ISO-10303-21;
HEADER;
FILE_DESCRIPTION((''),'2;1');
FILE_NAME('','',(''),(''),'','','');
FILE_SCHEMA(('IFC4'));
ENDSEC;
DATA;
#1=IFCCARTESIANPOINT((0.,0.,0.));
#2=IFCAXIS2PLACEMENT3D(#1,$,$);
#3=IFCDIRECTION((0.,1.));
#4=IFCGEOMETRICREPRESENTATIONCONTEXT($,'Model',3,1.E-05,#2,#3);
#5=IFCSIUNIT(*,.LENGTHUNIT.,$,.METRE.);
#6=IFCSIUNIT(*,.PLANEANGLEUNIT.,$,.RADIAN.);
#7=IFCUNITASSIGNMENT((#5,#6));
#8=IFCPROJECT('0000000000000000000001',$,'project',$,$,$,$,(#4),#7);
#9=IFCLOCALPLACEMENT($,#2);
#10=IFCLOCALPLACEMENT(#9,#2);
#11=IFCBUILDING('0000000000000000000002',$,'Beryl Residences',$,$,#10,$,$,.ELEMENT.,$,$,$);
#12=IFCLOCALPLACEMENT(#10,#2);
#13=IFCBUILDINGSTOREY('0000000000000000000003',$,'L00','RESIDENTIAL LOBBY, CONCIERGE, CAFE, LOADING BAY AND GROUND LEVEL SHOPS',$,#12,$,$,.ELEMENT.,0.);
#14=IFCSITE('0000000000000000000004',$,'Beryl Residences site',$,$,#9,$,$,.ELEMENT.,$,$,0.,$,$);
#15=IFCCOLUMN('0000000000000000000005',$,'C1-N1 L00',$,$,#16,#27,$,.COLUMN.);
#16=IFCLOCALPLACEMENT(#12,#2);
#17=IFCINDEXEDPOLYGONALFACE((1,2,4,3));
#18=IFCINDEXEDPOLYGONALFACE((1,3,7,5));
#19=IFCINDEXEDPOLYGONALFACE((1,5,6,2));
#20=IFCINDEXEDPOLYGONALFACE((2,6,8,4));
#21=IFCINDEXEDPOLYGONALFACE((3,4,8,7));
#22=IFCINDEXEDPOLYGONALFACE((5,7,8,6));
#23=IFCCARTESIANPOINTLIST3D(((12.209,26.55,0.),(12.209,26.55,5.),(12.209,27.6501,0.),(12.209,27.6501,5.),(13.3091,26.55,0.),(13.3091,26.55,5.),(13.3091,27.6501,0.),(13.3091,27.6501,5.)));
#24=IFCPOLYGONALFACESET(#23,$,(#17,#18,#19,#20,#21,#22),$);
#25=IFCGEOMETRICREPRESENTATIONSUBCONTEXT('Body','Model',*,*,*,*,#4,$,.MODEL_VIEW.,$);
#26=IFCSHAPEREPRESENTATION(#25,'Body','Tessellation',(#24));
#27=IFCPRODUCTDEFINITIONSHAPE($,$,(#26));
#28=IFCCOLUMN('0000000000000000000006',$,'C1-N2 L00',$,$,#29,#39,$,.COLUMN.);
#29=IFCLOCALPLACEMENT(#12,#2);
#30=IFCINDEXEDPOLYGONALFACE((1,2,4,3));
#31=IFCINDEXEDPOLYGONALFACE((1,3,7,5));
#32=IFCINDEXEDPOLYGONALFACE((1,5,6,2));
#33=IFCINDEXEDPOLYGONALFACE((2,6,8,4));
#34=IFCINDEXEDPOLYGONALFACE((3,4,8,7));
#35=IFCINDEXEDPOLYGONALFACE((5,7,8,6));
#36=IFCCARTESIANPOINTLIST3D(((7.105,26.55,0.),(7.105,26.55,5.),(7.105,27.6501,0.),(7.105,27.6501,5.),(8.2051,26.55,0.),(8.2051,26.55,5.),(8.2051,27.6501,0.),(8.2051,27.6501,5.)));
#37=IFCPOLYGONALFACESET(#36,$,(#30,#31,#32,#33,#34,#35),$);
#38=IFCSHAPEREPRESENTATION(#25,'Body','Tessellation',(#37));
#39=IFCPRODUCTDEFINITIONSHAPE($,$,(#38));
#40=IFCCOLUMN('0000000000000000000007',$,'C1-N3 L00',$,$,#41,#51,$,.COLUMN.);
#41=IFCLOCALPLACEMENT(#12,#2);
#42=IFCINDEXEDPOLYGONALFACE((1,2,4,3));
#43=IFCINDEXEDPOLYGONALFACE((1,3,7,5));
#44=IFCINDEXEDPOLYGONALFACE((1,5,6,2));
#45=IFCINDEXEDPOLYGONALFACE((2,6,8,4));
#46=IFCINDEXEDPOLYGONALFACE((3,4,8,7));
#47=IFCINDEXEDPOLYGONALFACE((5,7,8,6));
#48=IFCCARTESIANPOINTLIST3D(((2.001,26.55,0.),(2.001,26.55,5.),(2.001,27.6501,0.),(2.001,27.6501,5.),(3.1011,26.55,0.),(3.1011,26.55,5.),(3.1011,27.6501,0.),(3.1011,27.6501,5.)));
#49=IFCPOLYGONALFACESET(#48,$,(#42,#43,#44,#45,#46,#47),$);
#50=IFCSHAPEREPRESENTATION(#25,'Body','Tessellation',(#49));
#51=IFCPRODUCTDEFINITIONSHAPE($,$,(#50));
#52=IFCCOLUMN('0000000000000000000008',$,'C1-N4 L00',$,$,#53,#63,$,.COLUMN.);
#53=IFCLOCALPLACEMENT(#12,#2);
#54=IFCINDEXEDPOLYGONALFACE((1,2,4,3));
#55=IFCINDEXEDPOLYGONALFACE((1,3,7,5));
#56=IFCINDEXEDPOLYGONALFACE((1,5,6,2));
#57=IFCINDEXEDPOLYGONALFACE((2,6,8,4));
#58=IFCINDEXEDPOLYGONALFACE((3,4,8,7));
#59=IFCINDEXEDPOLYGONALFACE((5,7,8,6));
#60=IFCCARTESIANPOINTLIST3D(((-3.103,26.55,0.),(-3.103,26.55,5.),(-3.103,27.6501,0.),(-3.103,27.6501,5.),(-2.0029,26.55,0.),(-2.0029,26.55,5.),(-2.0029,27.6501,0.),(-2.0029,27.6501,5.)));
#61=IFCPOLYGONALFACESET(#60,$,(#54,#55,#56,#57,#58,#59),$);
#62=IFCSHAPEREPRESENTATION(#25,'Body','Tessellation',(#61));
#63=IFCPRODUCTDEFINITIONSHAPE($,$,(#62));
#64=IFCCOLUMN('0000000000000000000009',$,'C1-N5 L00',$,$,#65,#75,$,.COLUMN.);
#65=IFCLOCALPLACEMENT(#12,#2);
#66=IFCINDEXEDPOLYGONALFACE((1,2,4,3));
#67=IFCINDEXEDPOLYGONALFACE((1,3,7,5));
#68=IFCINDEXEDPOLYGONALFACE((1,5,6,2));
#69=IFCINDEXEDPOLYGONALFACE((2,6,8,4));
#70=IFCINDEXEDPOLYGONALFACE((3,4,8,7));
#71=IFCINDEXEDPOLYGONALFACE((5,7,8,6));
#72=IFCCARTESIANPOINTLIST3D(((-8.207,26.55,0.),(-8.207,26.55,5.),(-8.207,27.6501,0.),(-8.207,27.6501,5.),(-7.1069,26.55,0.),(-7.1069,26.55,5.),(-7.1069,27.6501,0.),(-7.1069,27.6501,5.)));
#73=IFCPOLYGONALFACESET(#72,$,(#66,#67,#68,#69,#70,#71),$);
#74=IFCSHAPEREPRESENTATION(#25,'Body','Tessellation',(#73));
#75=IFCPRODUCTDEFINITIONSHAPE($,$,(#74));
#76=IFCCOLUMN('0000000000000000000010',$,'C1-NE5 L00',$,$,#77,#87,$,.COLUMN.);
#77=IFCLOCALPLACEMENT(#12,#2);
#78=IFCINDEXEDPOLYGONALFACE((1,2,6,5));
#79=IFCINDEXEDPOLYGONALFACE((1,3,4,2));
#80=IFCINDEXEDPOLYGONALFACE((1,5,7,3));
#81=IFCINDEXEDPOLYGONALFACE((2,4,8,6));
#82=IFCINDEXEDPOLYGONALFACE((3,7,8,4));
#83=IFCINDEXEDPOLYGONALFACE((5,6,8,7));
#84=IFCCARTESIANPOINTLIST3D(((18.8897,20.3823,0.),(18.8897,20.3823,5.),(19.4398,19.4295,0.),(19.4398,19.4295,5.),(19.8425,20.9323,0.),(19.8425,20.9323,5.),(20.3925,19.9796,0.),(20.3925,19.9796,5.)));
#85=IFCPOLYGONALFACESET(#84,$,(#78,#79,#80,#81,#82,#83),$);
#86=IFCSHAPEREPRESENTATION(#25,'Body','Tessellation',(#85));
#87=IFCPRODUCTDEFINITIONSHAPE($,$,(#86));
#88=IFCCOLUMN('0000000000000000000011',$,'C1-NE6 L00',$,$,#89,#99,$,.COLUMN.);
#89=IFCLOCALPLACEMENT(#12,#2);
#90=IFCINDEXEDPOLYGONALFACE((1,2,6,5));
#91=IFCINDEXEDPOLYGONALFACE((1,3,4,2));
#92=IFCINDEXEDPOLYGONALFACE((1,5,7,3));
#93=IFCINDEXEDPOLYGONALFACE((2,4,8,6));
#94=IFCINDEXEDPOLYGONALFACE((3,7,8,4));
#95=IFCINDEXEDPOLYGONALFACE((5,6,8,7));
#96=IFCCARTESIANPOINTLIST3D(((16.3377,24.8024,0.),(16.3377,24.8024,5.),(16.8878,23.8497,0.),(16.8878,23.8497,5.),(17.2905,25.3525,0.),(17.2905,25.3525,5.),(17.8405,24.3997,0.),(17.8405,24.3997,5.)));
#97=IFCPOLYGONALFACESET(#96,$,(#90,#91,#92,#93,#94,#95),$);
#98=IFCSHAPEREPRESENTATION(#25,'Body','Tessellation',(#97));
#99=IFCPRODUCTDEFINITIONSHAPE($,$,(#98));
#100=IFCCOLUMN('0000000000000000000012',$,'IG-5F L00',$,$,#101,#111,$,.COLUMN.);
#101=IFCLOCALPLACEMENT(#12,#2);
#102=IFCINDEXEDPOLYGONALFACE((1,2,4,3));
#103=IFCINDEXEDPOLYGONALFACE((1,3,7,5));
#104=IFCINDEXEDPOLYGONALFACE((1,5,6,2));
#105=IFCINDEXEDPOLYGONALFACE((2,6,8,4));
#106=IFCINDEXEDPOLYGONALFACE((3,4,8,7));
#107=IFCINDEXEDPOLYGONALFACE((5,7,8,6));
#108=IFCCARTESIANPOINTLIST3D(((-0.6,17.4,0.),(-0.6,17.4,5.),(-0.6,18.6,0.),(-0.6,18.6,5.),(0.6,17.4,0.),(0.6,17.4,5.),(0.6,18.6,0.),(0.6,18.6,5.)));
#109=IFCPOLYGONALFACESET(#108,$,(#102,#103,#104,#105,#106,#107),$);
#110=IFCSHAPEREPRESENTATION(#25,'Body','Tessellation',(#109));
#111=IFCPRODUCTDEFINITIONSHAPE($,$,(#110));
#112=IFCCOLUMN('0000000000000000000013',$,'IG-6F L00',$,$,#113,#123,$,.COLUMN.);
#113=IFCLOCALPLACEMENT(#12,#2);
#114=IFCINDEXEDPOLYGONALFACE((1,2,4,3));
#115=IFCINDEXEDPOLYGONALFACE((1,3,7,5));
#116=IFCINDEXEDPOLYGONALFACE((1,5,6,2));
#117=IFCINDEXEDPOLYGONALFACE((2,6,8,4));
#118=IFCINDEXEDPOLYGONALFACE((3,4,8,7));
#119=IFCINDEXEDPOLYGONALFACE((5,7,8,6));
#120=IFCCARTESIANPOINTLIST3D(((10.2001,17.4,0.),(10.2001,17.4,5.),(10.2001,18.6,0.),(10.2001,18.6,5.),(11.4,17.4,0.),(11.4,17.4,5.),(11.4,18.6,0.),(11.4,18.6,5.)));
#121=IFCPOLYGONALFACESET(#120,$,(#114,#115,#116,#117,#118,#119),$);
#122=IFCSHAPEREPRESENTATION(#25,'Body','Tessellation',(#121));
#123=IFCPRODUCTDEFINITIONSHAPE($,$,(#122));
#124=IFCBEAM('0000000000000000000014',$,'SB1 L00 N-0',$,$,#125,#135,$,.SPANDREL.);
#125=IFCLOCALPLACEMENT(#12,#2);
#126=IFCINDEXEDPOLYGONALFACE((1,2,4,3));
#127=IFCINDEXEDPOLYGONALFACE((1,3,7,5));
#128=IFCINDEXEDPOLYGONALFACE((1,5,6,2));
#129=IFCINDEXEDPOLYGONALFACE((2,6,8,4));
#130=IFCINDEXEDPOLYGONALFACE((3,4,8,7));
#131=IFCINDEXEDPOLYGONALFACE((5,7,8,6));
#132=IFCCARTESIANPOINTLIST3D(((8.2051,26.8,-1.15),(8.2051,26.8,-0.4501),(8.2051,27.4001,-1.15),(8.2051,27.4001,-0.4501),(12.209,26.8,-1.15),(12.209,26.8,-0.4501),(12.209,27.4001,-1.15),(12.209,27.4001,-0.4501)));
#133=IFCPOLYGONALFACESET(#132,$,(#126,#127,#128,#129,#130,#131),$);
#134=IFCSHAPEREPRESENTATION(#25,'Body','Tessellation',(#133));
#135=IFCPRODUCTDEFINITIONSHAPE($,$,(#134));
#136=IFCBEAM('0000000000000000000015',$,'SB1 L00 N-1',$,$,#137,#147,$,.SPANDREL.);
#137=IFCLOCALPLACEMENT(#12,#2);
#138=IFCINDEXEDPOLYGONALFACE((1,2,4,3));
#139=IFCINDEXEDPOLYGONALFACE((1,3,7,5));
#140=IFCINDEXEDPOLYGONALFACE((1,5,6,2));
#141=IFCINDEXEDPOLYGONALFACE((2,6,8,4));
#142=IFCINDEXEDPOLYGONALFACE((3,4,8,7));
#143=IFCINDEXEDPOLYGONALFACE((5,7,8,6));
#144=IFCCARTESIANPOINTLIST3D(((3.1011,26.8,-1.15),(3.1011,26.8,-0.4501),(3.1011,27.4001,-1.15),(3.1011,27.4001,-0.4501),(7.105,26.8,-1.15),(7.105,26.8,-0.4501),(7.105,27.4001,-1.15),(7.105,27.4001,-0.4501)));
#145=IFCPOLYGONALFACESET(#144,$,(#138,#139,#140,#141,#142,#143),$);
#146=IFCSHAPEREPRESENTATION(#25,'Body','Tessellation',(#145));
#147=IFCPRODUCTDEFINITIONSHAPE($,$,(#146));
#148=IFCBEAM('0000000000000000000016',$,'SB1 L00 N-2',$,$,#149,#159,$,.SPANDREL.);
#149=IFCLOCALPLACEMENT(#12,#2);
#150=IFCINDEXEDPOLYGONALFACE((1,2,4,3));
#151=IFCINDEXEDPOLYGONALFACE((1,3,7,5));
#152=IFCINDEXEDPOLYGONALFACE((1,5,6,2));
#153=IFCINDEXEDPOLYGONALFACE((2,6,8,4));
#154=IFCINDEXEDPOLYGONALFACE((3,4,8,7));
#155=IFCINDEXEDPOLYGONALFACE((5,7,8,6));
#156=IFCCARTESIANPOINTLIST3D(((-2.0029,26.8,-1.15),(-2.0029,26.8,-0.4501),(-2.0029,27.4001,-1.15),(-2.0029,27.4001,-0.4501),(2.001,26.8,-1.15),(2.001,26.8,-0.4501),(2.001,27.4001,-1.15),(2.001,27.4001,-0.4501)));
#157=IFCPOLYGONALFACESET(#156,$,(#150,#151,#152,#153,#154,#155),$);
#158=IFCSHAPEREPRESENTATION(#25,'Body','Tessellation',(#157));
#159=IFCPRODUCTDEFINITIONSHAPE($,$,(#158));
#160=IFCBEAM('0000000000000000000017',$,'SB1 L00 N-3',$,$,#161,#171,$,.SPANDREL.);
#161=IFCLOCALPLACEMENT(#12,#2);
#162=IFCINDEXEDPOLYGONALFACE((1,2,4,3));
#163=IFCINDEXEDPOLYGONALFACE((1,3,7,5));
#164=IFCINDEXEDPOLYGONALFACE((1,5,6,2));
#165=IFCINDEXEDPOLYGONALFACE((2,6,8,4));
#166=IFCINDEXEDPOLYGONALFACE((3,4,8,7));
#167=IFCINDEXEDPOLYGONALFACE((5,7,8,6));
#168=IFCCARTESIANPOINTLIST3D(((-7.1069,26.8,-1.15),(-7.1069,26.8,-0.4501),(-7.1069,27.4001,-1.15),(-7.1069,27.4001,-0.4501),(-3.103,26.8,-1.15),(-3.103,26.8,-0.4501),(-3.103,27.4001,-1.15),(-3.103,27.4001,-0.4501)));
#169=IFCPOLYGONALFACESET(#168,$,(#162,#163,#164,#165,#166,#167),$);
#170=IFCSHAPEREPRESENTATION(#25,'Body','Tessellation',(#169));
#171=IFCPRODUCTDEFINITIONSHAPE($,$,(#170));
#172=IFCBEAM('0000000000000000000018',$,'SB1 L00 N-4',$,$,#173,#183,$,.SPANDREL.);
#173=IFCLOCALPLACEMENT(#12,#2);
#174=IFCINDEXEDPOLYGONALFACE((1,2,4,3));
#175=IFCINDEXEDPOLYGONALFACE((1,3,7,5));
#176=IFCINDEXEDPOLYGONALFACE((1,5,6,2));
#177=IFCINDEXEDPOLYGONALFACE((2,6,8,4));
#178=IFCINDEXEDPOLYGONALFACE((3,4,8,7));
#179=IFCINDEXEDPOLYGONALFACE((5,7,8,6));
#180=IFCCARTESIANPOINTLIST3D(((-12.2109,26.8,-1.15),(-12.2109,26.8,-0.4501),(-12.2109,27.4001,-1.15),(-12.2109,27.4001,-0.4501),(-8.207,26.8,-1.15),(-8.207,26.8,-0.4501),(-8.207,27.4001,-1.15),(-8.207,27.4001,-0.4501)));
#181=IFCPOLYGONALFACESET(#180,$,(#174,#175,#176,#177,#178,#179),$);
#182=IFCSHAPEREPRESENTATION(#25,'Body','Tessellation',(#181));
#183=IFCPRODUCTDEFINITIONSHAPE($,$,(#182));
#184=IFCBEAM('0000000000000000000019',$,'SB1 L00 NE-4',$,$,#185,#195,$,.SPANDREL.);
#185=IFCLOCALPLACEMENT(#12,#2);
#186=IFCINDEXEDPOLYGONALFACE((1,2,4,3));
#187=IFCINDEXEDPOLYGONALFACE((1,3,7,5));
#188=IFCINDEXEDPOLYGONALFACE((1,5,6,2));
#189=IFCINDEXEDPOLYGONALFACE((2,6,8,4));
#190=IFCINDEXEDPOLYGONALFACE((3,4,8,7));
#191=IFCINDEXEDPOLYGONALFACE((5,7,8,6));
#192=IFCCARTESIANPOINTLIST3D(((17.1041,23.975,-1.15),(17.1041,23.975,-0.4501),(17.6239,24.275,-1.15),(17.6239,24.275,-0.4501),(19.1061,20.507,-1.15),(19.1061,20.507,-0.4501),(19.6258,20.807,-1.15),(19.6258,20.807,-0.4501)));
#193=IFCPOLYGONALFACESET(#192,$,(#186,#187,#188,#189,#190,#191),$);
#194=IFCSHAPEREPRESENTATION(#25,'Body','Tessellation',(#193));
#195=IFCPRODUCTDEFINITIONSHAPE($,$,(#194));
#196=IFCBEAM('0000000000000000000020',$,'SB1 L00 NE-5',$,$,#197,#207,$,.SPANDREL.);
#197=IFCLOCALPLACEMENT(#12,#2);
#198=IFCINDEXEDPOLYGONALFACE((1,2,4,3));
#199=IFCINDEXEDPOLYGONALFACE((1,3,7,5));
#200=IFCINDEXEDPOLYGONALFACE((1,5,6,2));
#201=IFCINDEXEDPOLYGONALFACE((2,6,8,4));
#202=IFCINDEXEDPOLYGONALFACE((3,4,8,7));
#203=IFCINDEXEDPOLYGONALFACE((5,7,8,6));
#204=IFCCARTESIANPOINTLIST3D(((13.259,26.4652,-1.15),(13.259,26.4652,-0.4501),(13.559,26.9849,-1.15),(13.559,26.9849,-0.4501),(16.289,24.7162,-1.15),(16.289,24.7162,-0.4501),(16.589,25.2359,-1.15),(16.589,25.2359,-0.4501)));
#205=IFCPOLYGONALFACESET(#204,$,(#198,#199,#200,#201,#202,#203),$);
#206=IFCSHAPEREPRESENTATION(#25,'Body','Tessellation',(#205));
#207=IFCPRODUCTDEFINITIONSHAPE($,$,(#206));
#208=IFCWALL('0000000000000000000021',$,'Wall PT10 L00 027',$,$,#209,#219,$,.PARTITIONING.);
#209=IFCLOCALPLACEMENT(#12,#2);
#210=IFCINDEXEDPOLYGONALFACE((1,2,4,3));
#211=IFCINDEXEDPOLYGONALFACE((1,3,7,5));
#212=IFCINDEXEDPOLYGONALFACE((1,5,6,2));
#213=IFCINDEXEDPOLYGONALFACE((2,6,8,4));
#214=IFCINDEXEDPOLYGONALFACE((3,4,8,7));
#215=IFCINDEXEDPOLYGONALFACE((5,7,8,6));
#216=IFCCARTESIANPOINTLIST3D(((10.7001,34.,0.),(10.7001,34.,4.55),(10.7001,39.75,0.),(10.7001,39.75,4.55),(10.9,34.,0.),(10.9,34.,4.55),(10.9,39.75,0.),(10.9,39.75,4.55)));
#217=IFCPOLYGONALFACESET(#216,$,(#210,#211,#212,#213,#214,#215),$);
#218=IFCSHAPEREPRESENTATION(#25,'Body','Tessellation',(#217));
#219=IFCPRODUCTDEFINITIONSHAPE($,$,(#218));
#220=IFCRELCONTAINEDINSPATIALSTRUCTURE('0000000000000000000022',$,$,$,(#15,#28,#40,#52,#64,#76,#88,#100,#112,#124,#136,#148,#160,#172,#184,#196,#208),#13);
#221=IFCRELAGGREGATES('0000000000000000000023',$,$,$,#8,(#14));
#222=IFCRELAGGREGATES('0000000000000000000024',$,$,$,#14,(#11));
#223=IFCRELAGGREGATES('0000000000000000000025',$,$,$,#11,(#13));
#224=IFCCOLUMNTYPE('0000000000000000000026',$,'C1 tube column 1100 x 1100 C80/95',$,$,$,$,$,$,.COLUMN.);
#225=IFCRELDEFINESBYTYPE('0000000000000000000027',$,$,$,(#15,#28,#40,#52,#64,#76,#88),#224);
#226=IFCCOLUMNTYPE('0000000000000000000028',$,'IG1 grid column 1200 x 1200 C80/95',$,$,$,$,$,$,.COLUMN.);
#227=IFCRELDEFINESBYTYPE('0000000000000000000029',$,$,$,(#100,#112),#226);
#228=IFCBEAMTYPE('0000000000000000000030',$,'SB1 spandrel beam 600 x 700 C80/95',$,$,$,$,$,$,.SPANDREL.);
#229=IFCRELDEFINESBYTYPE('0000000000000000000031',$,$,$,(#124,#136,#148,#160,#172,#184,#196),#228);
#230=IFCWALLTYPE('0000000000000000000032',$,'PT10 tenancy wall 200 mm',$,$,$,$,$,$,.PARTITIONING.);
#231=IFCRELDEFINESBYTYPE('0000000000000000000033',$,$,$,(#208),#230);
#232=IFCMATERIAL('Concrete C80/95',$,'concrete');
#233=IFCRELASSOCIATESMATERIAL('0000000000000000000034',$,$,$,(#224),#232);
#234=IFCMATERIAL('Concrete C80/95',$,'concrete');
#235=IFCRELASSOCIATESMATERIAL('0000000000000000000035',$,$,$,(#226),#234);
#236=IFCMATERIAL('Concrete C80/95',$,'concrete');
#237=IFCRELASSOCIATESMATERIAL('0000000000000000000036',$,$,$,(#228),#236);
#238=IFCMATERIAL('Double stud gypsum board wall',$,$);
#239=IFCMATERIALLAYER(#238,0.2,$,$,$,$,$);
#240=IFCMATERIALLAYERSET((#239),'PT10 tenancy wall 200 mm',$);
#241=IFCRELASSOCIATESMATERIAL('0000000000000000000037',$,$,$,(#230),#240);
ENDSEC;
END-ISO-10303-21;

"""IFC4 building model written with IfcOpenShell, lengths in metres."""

from ifc_helpers import new_model, si_unit, direction, frame, frame_2d, origin, origin_2d, place, context, subcontext, project, spatial, rectangle, extrude, material, layer, layer_set, material_profile, profile_set, type_object, element, save


model = new_model("IFC4")

# Units and contexts
model_context = context("Model", 3, precision=1e-05, world=origin(), true_north=direction((0.0, 1.0)))
body_context = subcontext(model_context, "Body", "Model", "MODEL_VIEW")
ifc_project = project(units=[si_unit("LENGTHUNIT", "METRE"), si_unit("PLANEANGLEUNIT", "RADIAN")], contexts=[model_context])

# Site, building, storey
site_placement = place(None, origin())
site = spatial("IfcSite", under=ifc_project, at=site_placement, Name="Beryl Residences site", CompositionType="ELEMENT", RefElevation=0.0)
building_placement = place(site_placement, origin())
building = spatial("IfcBuilding", under=site, at=building_placement, Name="Beryl Residences", CompositionType="ELEMENT")
storey_placement = place(building_placement, origin())
storey = spatial("IfcBuildingStorey", under=building, at=storey_placement, Name="L00", Description="RESIDENTIAL LOBBY, CONCIERGE, CAFE, LOADING BAY AND GROUND LEVEL SHOPS", CompositionType="ELEMENT", Elevation=0.0)

# Columns
ifc_material_1 = material(Name="Concrete C80/95", Category="concrete")
ifc_material_profile_1 = material_profile(ifc_material_1, rectangle(XDim=1.1001, YDim=1.1001, at=origin_2d()))
ifc_profile_set_1 = profile_set([ifc_material_profile_1], Name="Concrete C80/95")
column_type_1 = type_object("IfcColumnType", Name="C1 tube column 1100 x 1100 C80/95", PredefinedType="COLUMN", material=ifc_profile_set_1)
for number, where, z_axis, x_axis, name in (
    (1, (12.759, 27.1001, 0.0), (0.0, 0.0, 1.0), (-1.0, 0.0, 0.0), "C1-N1 L00"),
    (2, (7.655, 27.1001, 0.0), (0.0, 0.0, 1.0), (-1.0, 0.0, 0.0), "C1-N2 L00"),
    (3, (2.551, 27.1001, 0.0), (0.0, 0.0, 1.0), (-1.0, 0.0, 0.0), "C1-N3 L00"),
    (4, (-2.553, 27.1001, 0.0), (0.0, 0.0, 1.0), (-1.0, 0.0, 0.0), "C1-N4 L00"),
    (5, (-7.657, 27.1001, 0.0), (0.0, 0.0, 1.0), (-1.0, 0.0, 0.0), "C1-N5 L00"),
    (6, (19.6411, 20.1809, 0.0), (0.0, 0.0, 1.0), (-0.499985, 0.866034, 0.0), "C1-NE5 L00"),
    (7, (17.0891, 24.6011, 0.0), (0.0, 0.0, 1.0), (-0.499985, 0.866034, 0.0), "C1-NE6 L00"),
):
    element("IfcColumn", number, at=place(storey_placement, frame(where, z_axis=z_axis, x_axis=x_axis)), inside=storey, type_object=column_type_1, Name=name, PredefinedType="COLUMN", context=body_context, shape_type="SweptSolid", body=[
        extrude(rectangle(XDim=1.1001, YDim=1.1001, at=origin_2d()), origin(), (0.0, 0.0, 1.0), 5.0),
    ])
ifc_material_2 = material(Name="Concrete C80/95", Category="concrete")
ifc_material_profile_2 = material_profile(ifc_material_2, rectangle(XDim=1.2, YDim=1.2, at=origin_2d()))
ifc_profile_set_2 = profile_set([ifc_material_profile_2], Name="Concrete C80/95")
column_type_2 = type_object("IfcColumnType", Name="IG1 grid column 1200 x 1200 C80/95", PredefinedType="COLUMN", material=ifc_profile_set_2)
for number, where, z_axis, x_axis, name in (
    (8, (0.0, 18.0, 0.0), (0.0, 0.0, 1.0), (1.0, 0.0, 0.0), "IG-5F L00"),
    (9, (10.8, 18.0, 0.0), (0.0, 0.0, 1.0), (1.0, 0.0, 0.0), "IG-6F L00"),
):
    element("IfcColumn", number, at=place(storey_placement, frame(where, z_axis=z_axis, x_axis=x_axis)), inside=storey, type_object=column_type_2, Name=name, PredefinedType="COLUMN", context=body_context, shape_type="SweptSolid", body=[
        extrude(rectangle(XDim=1.2, YDim=1.2, at=origin_2d()), origin(), (0.0, 0.0, 1.0), 5.0),
    ])

# Beams
ifc_material_3 = material(Name="Concrete C80/95", Category="concrete")
ifc_material_profile_3 = material_profile(ifc_material_3, rectangle(XDim=0.6001, YDim=0.7, at=origin_2d()))
ifc_profile_set_3 = profile_set([ifc_material_profile_3], Name="Concrete C80/95")
beam_type = type_object("IfcBeamType", Name="SB1 spandrel beam 600 x 700 C80/95", PredefinedType="SPANDREL", material=ifc_profile_set_3)
for number, where, z_axis, x_axis, name in (
    (10, (12.209, 27.1001, -0.8), (-1.0, 0.0, 0.0), (0.0, -1.0, 0.0), "SB1 L00 N-0"),
    (11, (7.105, 27.1001, -0.8), (-1.0, 0.0, 0.0), (0.0, -1.0, 0.0), "SB1 L00 N-1"),
    (12, (2.001, 27.1001, -0.8), (-1.0, 0.0, 0.0), (0.0, -1.0, 0.0), "SB1 L00 N-2"),
    (13, (-3.103, 27.1001, -0.8), (-1.0, 0.0, 0.0), (0.0, -1.0, 0.0), "SB1 L00 N-3"),
    (14, (-8.207, 27.1001, -0.8), (-1.0, 0.0, 0.0), (0.0, -1.0, 0.0), "SB1 L00 N-4"),
):
    element("IfcBeam", number, at=place(storey_placement, frame(where, z_axis=z_axis, x_axis=x_axis)), inside=storey, type_object=beam_type, Name=name, PredefinedType="SPANDREL", context=body_context, shape_type="SweptSolid", body=[
        extrude(rectangle(XDim=0.6001, YDim=0.7, at=origin_2d()), origin(), (0.0, 0.0, 1.0), 4.0039),
    ])
beam_1_placement = place(storey_placement, frame((19.366, 20.657, -0.8), z_axis=(-0.499942, 0.866059, 0.0), x_axis=(-0.866059, -0.499942, 0.0)))
element("IfcBeam", 15, at=beam_1_placement, inside=storey, type_object=beam_type, Name="SB1 L00 NE-4", PredefinedType="SPANDREL", context=body_context, shape_type="SweptSolid", body=[
    extrude(rectangle(XDim=0.6001, YDim=0.7, at=origin_2d()), origin(), (0.0, 0.0, 1.0), 4.0044),
])
beam_2_placement = place(storey_placement, frame((16.439, 24.9761, -0.8), z_axis=(-0.866071, 0.499922, 0.0), x_axis=(-0.499922, -0.866071, 0.0)))
element("IfcBeam", 16, at=beam_2_placement, inside=storey, type_object=beam_type, Name="SB1 L00 NE-5", PredefinedType="SPANDREL", context=body_context, shape_type="SweptSolid", body=[
    extrude(rectangle(XDim=0.6001, YDim=0.7, at=origin_2d()), origin(), (0.0, 0.0, 1.0), 3.4985),
])

# Wall
ifc_material_4 = material(Name="Double stud gypsum board wall")
ifc_layer_1 = layer(ifc_material_4, 0.2)
ifc_layer_set_1 = layer_set([ifc_layer_1], Name="PT10 tenancy wall 200 mm")
wall_type_1 = type_object("IfcWallType", Name="PT10 tenancy wall 200 mm", PredefinedType="PARTITIONING", material=ifc_layer_set_1)
wall_1_placement = place(storey_placement, frame((10.8, 34.0, 0.0), z_axis=(0.0, 0.0, 1.0), x_axis=(0.0, 1.0, 0.0)))
element("IfcWall", 17, at=wall_1_placement, inside=storey, type_object=wall_type_1, Name="Wall PT10 L00 027", PredefinedType="PARTITIONING", context=body_context, shape_type="SweptSolid", body=[
    extrude(rectangle(XDim=5.75, YDim=0.2, at=frame_2d((2.875, 0.0))), origin(), (0.0, 0.0, 1.0), 4.55),
])

save(model, "model.ifc")
